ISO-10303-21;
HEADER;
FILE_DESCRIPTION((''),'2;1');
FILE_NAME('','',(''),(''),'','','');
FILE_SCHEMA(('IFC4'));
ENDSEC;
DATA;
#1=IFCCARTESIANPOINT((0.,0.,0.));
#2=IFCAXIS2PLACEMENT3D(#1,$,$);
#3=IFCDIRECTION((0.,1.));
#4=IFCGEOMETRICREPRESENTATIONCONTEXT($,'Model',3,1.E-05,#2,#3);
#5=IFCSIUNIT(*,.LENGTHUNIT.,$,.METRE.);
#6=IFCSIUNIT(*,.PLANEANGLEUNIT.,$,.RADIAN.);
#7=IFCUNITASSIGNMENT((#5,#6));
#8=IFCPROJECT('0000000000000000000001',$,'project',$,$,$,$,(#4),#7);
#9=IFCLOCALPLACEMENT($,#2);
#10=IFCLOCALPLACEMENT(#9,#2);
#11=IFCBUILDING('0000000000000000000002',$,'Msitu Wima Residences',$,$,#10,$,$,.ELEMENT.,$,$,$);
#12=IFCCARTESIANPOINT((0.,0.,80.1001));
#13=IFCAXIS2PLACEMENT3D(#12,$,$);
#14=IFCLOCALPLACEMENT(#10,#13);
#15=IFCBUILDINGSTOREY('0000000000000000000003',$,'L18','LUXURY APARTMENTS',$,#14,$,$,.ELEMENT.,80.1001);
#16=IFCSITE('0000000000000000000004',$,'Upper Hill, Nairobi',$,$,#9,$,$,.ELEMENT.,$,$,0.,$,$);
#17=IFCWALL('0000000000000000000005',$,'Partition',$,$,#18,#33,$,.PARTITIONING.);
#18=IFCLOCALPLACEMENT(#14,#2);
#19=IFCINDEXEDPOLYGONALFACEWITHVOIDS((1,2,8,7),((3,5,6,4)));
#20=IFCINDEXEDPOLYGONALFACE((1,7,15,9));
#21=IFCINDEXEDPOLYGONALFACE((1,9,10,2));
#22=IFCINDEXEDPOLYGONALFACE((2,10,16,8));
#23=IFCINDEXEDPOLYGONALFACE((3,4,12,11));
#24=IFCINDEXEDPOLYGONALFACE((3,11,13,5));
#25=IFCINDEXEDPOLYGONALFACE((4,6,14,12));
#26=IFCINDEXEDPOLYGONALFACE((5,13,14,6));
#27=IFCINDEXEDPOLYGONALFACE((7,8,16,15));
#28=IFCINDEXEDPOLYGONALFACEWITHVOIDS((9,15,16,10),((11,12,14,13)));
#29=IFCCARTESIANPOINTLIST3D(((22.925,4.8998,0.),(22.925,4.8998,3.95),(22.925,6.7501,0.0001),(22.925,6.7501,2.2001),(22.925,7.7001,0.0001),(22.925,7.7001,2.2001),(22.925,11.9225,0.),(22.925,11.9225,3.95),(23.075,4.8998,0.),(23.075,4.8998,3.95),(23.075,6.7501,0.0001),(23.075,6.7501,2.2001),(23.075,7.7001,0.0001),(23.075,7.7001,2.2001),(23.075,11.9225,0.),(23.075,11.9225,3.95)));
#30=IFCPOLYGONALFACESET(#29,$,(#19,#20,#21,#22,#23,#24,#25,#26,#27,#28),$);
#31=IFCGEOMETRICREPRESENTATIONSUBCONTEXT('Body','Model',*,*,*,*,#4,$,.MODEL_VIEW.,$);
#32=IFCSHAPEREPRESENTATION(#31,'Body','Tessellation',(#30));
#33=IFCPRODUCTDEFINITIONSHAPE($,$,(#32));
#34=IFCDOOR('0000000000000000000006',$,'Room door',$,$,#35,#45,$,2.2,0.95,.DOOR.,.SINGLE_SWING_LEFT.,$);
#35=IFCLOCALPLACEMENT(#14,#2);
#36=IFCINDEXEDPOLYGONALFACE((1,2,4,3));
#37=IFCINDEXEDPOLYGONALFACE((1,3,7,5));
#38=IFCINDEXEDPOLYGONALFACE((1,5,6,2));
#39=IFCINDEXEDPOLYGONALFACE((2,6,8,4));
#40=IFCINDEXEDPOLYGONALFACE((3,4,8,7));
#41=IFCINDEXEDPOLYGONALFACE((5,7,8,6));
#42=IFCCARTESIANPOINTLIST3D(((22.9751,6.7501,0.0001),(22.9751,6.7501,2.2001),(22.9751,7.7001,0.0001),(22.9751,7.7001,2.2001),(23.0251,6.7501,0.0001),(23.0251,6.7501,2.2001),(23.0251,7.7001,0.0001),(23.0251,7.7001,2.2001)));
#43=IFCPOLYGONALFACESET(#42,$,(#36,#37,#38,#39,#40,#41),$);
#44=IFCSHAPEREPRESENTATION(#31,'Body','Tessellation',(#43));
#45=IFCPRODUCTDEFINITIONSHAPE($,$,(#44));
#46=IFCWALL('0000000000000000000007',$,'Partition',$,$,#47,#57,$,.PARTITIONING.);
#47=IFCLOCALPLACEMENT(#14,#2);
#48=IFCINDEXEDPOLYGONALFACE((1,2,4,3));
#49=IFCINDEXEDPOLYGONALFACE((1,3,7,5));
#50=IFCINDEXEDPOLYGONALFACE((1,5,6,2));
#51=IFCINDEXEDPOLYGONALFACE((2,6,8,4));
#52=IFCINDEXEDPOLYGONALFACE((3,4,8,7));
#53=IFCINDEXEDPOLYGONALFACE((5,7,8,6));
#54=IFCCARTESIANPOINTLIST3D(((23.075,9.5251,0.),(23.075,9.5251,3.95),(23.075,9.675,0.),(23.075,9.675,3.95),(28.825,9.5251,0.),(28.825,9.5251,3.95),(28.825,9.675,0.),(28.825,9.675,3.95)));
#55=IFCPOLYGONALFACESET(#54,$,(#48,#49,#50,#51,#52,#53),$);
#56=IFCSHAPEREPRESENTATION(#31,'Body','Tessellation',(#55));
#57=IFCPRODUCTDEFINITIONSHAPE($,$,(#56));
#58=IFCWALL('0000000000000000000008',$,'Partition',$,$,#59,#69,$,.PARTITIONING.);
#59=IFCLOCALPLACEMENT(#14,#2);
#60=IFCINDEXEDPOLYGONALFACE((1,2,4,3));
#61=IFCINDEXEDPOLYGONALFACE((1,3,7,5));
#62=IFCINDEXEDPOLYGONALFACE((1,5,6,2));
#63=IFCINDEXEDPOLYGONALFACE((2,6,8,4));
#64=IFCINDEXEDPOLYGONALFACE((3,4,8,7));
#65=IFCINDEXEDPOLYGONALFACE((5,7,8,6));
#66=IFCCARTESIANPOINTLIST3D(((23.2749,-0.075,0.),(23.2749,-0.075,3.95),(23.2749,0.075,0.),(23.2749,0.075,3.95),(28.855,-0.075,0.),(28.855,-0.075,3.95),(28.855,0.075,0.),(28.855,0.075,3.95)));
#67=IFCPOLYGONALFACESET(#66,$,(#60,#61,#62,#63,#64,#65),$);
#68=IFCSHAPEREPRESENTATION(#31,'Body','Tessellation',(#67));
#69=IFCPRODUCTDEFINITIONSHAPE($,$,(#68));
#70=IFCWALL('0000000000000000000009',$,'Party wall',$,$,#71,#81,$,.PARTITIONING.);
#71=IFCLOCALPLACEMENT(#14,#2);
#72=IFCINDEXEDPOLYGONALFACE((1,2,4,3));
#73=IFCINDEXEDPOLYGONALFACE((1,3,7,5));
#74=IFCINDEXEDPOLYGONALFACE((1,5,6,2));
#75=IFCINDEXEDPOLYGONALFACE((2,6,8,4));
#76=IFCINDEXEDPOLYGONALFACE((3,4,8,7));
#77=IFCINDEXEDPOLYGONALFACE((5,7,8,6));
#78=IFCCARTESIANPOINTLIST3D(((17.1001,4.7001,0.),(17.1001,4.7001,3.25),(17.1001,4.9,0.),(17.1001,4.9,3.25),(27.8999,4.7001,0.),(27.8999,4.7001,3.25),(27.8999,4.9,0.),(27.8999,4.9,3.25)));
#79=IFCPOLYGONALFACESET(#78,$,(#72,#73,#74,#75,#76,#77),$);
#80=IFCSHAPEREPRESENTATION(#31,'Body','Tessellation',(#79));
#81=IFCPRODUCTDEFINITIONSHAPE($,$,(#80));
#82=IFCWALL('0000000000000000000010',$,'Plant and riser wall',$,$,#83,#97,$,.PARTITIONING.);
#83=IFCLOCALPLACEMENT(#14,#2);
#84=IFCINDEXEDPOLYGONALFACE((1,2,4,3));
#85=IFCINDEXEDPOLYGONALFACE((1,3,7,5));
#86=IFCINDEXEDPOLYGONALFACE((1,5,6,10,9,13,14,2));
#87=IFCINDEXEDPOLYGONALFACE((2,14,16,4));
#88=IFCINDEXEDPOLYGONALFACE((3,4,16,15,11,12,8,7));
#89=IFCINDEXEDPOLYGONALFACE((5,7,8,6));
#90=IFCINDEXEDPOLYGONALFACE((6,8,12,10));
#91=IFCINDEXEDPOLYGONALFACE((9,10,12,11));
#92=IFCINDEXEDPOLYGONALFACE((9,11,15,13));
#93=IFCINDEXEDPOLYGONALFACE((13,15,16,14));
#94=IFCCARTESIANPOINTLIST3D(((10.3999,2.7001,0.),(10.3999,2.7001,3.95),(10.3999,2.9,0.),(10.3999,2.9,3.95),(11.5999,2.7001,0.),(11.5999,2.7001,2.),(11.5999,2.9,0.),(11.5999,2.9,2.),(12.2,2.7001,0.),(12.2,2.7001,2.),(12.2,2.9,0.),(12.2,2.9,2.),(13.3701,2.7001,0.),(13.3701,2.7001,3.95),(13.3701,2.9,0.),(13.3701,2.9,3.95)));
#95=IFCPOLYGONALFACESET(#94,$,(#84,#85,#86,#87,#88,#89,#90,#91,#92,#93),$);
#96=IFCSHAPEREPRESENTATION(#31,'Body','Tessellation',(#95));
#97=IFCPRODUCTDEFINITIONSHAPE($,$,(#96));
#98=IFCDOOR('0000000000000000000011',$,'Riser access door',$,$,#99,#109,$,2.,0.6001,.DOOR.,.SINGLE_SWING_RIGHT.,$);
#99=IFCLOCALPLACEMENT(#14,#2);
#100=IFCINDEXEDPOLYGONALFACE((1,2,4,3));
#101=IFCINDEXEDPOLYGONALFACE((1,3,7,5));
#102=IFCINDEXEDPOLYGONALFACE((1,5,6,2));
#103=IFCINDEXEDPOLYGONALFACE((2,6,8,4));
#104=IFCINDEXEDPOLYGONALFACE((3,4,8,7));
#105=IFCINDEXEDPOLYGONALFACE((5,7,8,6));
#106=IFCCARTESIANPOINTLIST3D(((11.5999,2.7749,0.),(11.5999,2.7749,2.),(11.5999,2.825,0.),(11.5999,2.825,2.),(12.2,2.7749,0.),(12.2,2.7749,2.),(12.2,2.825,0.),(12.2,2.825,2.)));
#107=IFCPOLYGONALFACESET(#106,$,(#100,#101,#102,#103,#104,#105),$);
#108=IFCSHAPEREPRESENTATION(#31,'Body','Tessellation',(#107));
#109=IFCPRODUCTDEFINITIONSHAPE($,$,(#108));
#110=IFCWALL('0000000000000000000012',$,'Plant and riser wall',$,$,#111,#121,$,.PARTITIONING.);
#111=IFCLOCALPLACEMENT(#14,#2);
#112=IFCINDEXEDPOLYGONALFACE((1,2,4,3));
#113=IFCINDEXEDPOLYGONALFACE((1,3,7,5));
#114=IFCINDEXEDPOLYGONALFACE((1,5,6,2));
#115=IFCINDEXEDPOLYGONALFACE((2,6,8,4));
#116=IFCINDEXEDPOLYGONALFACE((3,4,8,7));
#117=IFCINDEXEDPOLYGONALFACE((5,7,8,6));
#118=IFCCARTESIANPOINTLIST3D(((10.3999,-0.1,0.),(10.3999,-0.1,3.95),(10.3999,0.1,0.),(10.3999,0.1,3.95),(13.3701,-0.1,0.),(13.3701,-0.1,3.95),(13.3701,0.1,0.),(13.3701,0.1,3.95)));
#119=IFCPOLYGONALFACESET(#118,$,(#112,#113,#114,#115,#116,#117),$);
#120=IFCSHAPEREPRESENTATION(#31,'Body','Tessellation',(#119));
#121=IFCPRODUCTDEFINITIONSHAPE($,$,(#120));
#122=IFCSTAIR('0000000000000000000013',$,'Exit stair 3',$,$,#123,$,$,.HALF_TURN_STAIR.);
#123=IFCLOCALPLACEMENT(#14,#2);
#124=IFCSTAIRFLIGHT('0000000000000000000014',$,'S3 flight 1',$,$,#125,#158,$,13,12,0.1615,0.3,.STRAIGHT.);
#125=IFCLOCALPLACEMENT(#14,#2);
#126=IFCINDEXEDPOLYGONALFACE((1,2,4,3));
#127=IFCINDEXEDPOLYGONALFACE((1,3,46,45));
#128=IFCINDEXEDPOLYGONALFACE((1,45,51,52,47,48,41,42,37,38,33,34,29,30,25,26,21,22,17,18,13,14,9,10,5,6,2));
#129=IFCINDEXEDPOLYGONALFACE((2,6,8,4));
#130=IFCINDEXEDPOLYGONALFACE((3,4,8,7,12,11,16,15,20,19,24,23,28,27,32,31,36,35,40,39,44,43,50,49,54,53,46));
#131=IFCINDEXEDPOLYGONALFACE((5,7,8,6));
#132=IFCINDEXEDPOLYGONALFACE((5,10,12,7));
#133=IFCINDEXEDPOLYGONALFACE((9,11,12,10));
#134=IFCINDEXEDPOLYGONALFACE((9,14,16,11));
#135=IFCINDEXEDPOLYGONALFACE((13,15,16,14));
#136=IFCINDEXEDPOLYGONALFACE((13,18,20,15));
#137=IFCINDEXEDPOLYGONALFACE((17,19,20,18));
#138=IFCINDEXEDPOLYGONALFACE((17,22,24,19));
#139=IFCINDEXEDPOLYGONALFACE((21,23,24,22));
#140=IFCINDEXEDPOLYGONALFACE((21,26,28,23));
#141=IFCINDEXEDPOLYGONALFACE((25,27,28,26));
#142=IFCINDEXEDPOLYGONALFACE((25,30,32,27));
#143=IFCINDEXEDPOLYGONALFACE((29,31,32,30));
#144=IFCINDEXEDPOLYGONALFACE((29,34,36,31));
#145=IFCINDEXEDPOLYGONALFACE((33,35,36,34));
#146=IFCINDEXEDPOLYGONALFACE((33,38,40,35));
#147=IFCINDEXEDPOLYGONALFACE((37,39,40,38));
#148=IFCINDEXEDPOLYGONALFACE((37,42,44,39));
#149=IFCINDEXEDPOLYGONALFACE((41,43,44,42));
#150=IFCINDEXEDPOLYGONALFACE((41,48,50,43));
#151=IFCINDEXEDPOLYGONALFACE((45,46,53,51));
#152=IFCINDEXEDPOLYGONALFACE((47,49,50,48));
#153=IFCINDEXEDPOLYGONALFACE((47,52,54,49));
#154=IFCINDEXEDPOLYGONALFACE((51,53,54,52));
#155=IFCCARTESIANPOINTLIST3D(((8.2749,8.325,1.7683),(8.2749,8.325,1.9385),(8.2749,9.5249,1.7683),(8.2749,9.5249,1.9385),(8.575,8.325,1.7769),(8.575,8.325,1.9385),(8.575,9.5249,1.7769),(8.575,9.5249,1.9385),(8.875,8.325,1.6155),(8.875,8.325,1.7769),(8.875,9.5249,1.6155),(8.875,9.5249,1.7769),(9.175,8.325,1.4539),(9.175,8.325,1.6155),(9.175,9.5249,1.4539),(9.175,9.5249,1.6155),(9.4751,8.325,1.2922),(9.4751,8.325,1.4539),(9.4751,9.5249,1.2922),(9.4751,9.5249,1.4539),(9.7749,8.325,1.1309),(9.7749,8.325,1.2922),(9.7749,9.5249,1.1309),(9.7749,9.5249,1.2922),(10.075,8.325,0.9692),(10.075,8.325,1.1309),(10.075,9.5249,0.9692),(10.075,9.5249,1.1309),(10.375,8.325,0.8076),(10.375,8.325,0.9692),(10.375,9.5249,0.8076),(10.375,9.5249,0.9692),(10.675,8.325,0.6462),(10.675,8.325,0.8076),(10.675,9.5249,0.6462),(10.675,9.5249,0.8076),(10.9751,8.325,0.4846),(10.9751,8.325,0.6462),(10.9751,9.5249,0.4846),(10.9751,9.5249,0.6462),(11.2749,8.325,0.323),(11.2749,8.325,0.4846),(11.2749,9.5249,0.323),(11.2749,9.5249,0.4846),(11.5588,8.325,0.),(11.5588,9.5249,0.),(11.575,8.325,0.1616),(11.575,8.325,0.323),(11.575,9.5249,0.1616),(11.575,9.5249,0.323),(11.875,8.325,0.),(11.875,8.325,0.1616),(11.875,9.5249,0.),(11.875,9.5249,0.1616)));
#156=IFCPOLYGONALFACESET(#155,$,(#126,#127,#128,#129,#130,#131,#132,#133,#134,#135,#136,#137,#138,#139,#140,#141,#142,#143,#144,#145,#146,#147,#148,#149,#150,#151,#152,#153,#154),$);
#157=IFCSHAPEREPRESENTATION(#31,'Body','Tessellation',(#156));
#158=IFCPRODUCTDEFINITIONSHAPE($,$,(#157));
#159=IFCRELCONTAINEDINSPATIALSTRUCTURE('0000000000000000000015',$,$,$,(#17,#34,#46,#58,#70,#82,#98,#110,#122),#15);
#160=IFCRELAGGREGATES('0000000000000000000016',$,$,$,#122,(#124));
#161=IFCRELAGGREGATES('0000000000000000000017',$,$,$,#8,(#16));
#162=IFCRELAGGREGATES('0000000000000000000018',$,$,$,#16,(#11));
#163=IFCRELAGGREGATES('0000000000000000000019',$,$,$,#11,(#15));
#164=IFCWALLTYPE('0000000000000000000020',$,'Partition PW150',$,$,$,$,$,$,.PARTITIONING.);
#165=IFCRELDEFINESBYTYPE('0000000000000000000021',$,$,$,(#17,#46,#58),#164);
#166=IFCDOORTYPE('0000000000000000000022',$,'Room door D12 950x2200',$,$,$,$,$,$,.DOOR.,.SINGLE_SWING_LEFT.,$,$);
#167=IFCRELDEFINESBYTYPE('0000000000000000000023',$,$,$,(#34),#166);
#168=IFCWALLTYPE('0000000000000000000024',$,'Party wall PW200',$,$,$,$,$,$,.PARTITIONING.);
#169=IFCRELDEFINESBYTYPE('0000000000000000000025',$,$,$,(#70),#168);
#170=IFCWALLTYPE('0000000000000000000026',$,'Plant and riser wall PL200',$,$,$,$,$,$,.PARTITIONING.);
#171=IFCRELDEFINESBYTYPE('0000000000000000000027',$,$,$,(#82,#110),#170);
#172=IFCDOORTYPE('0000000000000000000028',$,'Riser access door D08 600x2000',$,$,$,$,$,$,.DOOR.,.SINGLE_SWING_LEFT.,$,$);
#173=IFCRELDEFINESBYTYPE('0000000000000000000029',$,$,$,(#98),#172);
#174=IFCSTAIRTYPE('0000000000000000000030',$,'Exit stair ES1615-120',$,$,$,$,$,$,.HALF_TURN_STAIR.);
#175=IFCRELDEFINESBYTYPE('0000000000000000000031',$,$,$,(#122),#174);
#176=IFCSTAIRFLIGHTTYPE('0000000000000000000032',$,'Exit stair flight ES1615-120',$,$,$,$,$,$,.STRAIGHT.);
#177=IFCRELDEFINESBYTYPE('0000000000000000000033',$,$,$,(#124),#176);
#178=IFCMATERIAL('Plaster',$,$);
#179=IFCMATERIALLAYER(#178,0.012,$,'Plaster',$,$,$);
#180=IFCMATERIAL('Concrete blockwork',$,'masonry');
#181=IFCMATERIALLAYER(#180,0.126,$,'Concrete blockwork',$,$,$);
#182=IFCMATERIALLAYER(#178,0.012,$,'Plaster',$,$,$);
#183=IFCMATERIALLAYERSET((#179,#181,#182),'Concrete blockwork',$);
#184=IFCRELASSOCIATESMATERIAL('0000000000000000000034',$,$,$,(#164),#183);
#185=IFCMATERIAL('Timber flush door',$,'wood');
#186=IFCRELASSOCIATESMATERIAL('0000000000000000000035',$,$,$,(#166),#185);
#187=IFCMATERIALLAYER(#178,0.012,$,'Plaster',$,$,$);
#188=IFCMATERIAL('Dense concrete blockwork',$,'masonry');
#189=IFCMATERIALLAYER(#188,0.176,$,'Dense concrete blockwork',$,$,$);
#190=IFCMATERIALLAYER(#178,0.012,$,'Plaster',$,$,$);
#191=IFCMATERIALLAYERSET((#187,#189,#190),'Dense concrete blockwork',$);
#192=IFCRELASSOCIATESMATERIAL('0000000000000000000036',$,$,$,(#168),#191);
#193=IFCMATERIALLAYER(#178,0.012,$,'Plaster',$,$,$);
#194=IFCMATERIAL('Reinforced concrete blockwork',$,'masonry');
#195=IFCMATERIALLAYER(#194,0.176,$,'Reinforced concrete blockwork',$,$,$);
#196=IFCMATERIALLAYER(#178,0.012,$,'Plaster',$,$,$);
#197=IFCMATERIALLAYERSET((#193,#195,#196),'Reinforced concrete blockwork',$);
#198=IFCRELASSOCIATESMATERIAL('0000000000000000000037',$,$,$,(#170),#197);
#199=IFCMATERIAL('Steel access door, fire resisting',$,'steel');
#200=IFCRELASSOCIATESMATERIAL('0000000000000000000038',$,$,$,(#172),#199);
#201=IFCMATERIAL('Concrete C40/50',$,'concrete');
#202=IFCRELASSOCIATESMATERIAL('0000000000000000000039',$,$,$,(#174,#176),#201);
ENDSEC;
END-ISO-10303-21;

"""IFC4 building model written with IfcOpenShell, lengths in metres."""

from ifc_helpers import new_model, si_unit, direction, frame, frame_2d, origin, place, context, subcontext, project, spatial, polyline, rectangle, outline, extrude, material, layer, layer_set, type_object, element, fill, aggregate, save


model = new_model("IFC4")

# Units and contexts
model_context = context("Model", 3, precision=1e-05, world=origin(), true_north=direction((0.0, 1.0)))
body_context = subcontext(model_context, "Body", "Model", "MODEL_VIEW")
ifc_project = project(units=[si_unit("LENGTHUNIT", "METRE"), si_unit("PLANEANGLEUNIT", "RADIAN")], contexts=[model_context])

# Site, building, storey
site_placement = place(None, origin())
site = spatial("IfcSite", under=ifc_project, at=site_placement, Name="Upper Hill, Nairobi", CompositionType="ELEMENT", RefElevation=0.0)
building_placement = place(site_placement, origin())
building = spatial("IfcBuilding", under=site, at=building_placement, Name="Msitu Wima Residences", CompositionType="ELEMENT")
storey_placement = place(building_placement, frame((0.0, 0.0, 80.1001)))
storey = spatial("IfcBuildingStorey", under=building, at=storey_placement, Name="L18", Description="LUXURY APARTMENTS", CompositionType="ELEMENT", Elevation=80.1001)

# Shared definitions
ifc_material_1 = material(Name="Concrete C40/50", Category="concrete")

# Shared definitions
ifc_material_2 = material(Name="Plaster")
ifc_layer_1 = layer(ifc_material_2, 0.012, Name="Plaster")
ifc_material_3 = material(Name="Concrete blockwork", Category="masonry")
ifc_layer_2 = layer(ifc_material_3, 0.126, Name="Concrete blockwork")
ifc_layer_3 = layer(ifc_material_2, 0.012, Name="Plaster")
ifc_layer_set_1 = layer_set([ifc_layer_1, ifc_layer_2, ifc_layer_3], Name="Concrete blockwork")
wall_type_1 = type_object("IfcWallType", Name="Partition PW150", PredefinedType="PARTITIONING", material=ifc_layer_set_1)

# Wall, opening, door
wall_1_placement = place(storey_placement, frame((23.0, 4.8999, 0.0), z_axis=(0.0, 0.0, 1.0), x_axis=(0.0, 1.0, 0.0)))
wall_1 = element("IfcWall", 1, at=wall_1_placement, inside=storey, type_object=wall_type_1, Name="Partition", PredefinedType="PARTITIONING", context=body_context, shape_type="SweptSolid", body=[
    extrude(rectangle(XDim=7.0227, YDim=0.1499, at=frame_2d((3.5112, 0.0))), origin(), (0.0, 0.0, 1.0), 3.95),
])
opening_1_placement = place(wall_1_placement, frame((1.8501, 0.0, 0.0)))
opening_1 = element("IfcOpeningElement", 2, at=opening_1_placement, cuts=wall_1, PredefinedType="OPENING", context=body_context, shape_type="SweptSolid", body=[
    extrude(rectangle(XDim=0.95, YDim=2.2, at=frame_2d((0.4751, 1.1001))), frame((0.0, 0.085, 0.0), z_axis=(0.0, -1.0, 0.0), x_axis=(1.0, 0.0, 0.0)), (0.0, 0.0, 1.0), 0.1699),
])
ifc_material_4 = material(Name="Timber flush door", Category="wood")
door_type_1 = type_object("IfcDoorType", Name="Room door D12 950x2200", OperationType="SINGLE_SWING_LEFT", PredefinedType="DOOR", material=ifc_material_4)
door_1_placement = place(opening_1_placement, origin())
door_1 = element("IfcDoor", 3, at=door_1_placement, inside=storey, type_object=door_type_1, Name="Room door", OperationType="SINGLE_SWING_LEFT", OverallHeight=2.2, OverallWidth=0.95, PredefinedType="DOOR", context=body_context, shape_type="SweptSolid", body=[
    extrude(rectangle(XDim=0.95, YDim=2.2, at=frame_2d((0.4751, 1.1001))), frame((0.0, 0.0249, 0.0), z_axis=(0.0, -1.0, 0.0), x_axis=(1.0, 0.0, 0.0)), (0.0, 0.0, 1.0), 0.05),
])
fill(opening_1, door_1)

# Walls
wall_2_placement = place(storey_placement, frame((23.075, 9.6001, 0.0), z_axis=(0.0, 0.0, 1.0), x_axis=(1.0, 0.0, 0.0)))
element("IfcWall", 4, at=wall_2_placement, inside=storey, type_object=wall_type_1, Name="Partition", PredefinedType="PARTITIONING", context=body_context, shape_type="SweptSolid", body=[
    extrude(rectangle(XDim=5.75, YDim=0.1499, at=frame_2d((2.875, 0.0))), origin(), (0.0, 0.0, 1.0), 3.95),
])
wall_3_placement = place(storey_placement, frame((23.2749, 0.0, 0.0), z_axis=(0.0, 0.0, 1.0), x_axis=(1.0, 0.0, 0.0)))
element("IfcWall", 5, at=wall_3_placement, inside=storey, type_object=wall_type_1, Name="Partition", PredefinedType="PARTITIONING", context=body_context, shape_type="SweptSolid", body=[
    extrude(rectangle(XDim=5.5801, YDim=0.1499, at=frame_2d((2.79, 0.0))), origin(), (0.0, 0.0, 1.0), 3.95),
])
ifc_layer_4 = layer(ifc_material_2, 0.012, Name="Plaster")
ifc_material_5 = material(Name="Dense concrete blockwork", Category="masonry")
ifc_layer_5 = layer(ifc_material_5, 0.176, Name="Dense concrete blockwork")
ifc_layer_6 = layer(ifc_material_2, 0.012, Name="Plaster")
ifc_layer_set_2 = layer_set([ifc_layer_4, ifc_layer_5, ifc_layer_6], Name="Dense concrete blockwork")
wall_type_2 = type_object("IfcWallType", Name="Party wall PW200", PredefinedType="PARTITIONING", material=ifc_layer_set_2)
wall_4_placement = place(storey_placement, frame((17.1001, 4.8, 0.0), z_axis=(0.0, 0.0, 1.0), x_axis=(1.0, 0.0, 0.0)))
element("IfcWall", 6, at=wall_4_placement, inside=storey, type_object=wall_type_2, Name="Party wall", PredefinedType="PARTITIONING", context=body_context, shape_type="SweptSolid", body=[
    extrude(rectangle(XDim=10.7998, YDim=0.2, at=frame_2d((5.3999, 0.0))), origin(), (0.0, 0.0, 1.0), 3.25),
])

# Wall, opening, door
ifc_layer_7 = layer(ifc_material_2, 0.012, Name="Plaster")
ifc_material_6 = material(Name="Reinforced concrete blockwork", Category="masonry")
ifc_layer_8 = layer(ifc_material_6, 0.176, Name="Reinforced concrete blockwork")
ifc_layer_9 = layer(ifc_material_2, 0.012, Name="Plaster")
ifc_layer_set_3 = layer_set([ifc_layer_7, ifc_layer_8, ifc_layer_9], Name="Reinforced concrete blockwork")
wall_type_3 = type_object("IfcWallType", Name="Plant and riser wall PL200", PredefinedType="PARTITIONING", material=ifc_layer_set_3)
wall_5_placement = place(storey_placement, frame((10.3999, 2.8, 0.0), z_axis=(0.0, 0.0, 1.0), x_axis=(1.0, 0.0, 0.0)))
wall_5 = element("IfcWall", 7, at=wall_5_placement, inside=storey, type_object=wall_type_3, Name="Plant and riser wall", PredefinedType="PARTITIONING", context=body_context, shape_type="SweptSolid", body=[
    extrude(rectangle(XDim=2.9702, YDim=0.2, at=frame_2d((1.4851, 0.0))), origin(), (0.0, 0.0, 1.0), 3.95),
])
opening_2_placement = place(wall_5_placement, frame((1.2, 0.0, 0.0)))
opening_2 = element("IfcOpeningElement", 8, at=opening_2_placement, cuts=wall_5, PredefinedType="OPENING", context=body_context, shape_type="SweptSolid", body=[
    extrude(rectangle(XDim=0.6001, YDim=2.0, at=frame_2d((0.3, 1.0))), frame((0.0, 0.1099, 0.0), z_axis=(0.0, -1.0, 0.0), x_axis=(1.0, 0.0, 0.0)), (0.0, 0.0, 1.0), 0.22),
])
ifc_material_7 = material(Name="Steel access door, fire resisting", Category="steel")
door_type_2 = type_object("IfcDoorType", Name="Riser access door D08 600x2000", OperationType="SINGLE_SWING_LEFT", PredefinedType="DOOR", material=ifc_material_7)
door_2_placement = place(opening_2_placement, origin())
door_2 = element("IfcDoor", 9, at=door_2_placement, inside=storey, type_object=door_type_2, Name="Riser access door", OperationType="SINGLE_SWING_RIGHT", OverallHeight=2.0, OverallWidth=0.6001, PredefinedType="DOOR", context=body_context, shape_type="SweptSolid", body=[
    extrude(rectangle(XDim=0.6001, YDim=2.0, at=frame_2d((0.3, 1.0))), frame((0.0, 0.0249, 0.0), z_axis=(0.0, -1.0, 0.0), x_axis=(1.0, 0.0, 0.0)), (0.0, 0.0, 1.0), 0.05),
])
fill(opening_2, door_2)

# Wall
wall_6_placement = place(storey_placement, frame((10.3999, 0.0, 0.0), z_axis=(0.0, 0.0, 1.0), x_axis=(1.0, 0.0, 0.0)))
element("IfcWall", 10, at=wall_6_placement, inside=storey, type_object=wall_type_3, Name="Plant and riser wall", PredefinedType="PARTITIONING", context=body_context, shape_type="SweptSolid", body=[
    extrude(rectangle(XDim=2.9702, YDim=0.2, at=frame_2d((1.4851, 0.0))), origin(), (0.0, 0.0, 1.0), 3.95),
])

# Stair, stair flight
stair_type = type_object("IfcStairType", Name="Exit stair ES1615-120", PredefinedType="HALF_TURN_STAIR", material=ifc_material_1)
stair_placement = place(storey_placement, origin())
stair = element("IfcStair", 11, at=stair_placement, inside=storey, type_object=stair_type, Name="Exit stair 3", PredefinedType="HALF_TURN_STAIR")
stair_flight_type = type_object("IfcStairFlightType", Name="Exit stair flight ES1615-120", PredefinedType="STRAIGHT", material=ifc_material_1)
stair_flight_1_placement = place(storey_placement, frame((11.875, 8.925, 0.0), z_axis=(0.0, 0.0, 1.0), x_axis=(-1.0, 0.0, 0.0)))
stair_flight_1 = element("IfcStairFlight", 12, at=stair_flight_1_placement, type_object=stair_flight_type, Name="S3 flight 1", NumberOfRisers=13, NumberOfTreads=12, PredefinedType="STRAIGHT", RiserHeight=0.1615, TreadLength=0.3, context=body_context, shape_type="SweptSolid", body=[
    extrude(outline(polyline([(0.0, 0.0), (0.0, 0.1616), (0.3, 0.1616), (0.3, 0.323), (0.6001, 0.323), (0.6001, 0.4846), (0.8999, 0.4846), (0.8999, 0.6462), (1.2, 0.6462), (1.2, 0.8076), (1.5, 0.8076), (1.5, 0.9692), (1.8, 0.9692), (1.8, 1.1309), (2.1001, 1.1309), (2.1001, 1.2922), (2.3999, 1.2922), (2.3999, 1.4539), (2.7, 1.4539), (2.7, 1.6155), (3.0, 1.6155), (3.0, 1.7769), (3.3, 1.7769), (3.3, 1.9385), (3.6001, 1.9385), (3.6001, 2.1001), (3.6001, 1.7683), (0.3162, 0.0), (0.0, 0.0)])), frame((0.0, 0.6001, 0.0), z_axis=(0.0, -1.0, 0.0), x_axis=(1.0, 0.0, 0.0)), (0.0, 0.0, 1.0), 1.2),
])
aggregate(stair, [stair_flight_1])

save(model, "model.ifc")
